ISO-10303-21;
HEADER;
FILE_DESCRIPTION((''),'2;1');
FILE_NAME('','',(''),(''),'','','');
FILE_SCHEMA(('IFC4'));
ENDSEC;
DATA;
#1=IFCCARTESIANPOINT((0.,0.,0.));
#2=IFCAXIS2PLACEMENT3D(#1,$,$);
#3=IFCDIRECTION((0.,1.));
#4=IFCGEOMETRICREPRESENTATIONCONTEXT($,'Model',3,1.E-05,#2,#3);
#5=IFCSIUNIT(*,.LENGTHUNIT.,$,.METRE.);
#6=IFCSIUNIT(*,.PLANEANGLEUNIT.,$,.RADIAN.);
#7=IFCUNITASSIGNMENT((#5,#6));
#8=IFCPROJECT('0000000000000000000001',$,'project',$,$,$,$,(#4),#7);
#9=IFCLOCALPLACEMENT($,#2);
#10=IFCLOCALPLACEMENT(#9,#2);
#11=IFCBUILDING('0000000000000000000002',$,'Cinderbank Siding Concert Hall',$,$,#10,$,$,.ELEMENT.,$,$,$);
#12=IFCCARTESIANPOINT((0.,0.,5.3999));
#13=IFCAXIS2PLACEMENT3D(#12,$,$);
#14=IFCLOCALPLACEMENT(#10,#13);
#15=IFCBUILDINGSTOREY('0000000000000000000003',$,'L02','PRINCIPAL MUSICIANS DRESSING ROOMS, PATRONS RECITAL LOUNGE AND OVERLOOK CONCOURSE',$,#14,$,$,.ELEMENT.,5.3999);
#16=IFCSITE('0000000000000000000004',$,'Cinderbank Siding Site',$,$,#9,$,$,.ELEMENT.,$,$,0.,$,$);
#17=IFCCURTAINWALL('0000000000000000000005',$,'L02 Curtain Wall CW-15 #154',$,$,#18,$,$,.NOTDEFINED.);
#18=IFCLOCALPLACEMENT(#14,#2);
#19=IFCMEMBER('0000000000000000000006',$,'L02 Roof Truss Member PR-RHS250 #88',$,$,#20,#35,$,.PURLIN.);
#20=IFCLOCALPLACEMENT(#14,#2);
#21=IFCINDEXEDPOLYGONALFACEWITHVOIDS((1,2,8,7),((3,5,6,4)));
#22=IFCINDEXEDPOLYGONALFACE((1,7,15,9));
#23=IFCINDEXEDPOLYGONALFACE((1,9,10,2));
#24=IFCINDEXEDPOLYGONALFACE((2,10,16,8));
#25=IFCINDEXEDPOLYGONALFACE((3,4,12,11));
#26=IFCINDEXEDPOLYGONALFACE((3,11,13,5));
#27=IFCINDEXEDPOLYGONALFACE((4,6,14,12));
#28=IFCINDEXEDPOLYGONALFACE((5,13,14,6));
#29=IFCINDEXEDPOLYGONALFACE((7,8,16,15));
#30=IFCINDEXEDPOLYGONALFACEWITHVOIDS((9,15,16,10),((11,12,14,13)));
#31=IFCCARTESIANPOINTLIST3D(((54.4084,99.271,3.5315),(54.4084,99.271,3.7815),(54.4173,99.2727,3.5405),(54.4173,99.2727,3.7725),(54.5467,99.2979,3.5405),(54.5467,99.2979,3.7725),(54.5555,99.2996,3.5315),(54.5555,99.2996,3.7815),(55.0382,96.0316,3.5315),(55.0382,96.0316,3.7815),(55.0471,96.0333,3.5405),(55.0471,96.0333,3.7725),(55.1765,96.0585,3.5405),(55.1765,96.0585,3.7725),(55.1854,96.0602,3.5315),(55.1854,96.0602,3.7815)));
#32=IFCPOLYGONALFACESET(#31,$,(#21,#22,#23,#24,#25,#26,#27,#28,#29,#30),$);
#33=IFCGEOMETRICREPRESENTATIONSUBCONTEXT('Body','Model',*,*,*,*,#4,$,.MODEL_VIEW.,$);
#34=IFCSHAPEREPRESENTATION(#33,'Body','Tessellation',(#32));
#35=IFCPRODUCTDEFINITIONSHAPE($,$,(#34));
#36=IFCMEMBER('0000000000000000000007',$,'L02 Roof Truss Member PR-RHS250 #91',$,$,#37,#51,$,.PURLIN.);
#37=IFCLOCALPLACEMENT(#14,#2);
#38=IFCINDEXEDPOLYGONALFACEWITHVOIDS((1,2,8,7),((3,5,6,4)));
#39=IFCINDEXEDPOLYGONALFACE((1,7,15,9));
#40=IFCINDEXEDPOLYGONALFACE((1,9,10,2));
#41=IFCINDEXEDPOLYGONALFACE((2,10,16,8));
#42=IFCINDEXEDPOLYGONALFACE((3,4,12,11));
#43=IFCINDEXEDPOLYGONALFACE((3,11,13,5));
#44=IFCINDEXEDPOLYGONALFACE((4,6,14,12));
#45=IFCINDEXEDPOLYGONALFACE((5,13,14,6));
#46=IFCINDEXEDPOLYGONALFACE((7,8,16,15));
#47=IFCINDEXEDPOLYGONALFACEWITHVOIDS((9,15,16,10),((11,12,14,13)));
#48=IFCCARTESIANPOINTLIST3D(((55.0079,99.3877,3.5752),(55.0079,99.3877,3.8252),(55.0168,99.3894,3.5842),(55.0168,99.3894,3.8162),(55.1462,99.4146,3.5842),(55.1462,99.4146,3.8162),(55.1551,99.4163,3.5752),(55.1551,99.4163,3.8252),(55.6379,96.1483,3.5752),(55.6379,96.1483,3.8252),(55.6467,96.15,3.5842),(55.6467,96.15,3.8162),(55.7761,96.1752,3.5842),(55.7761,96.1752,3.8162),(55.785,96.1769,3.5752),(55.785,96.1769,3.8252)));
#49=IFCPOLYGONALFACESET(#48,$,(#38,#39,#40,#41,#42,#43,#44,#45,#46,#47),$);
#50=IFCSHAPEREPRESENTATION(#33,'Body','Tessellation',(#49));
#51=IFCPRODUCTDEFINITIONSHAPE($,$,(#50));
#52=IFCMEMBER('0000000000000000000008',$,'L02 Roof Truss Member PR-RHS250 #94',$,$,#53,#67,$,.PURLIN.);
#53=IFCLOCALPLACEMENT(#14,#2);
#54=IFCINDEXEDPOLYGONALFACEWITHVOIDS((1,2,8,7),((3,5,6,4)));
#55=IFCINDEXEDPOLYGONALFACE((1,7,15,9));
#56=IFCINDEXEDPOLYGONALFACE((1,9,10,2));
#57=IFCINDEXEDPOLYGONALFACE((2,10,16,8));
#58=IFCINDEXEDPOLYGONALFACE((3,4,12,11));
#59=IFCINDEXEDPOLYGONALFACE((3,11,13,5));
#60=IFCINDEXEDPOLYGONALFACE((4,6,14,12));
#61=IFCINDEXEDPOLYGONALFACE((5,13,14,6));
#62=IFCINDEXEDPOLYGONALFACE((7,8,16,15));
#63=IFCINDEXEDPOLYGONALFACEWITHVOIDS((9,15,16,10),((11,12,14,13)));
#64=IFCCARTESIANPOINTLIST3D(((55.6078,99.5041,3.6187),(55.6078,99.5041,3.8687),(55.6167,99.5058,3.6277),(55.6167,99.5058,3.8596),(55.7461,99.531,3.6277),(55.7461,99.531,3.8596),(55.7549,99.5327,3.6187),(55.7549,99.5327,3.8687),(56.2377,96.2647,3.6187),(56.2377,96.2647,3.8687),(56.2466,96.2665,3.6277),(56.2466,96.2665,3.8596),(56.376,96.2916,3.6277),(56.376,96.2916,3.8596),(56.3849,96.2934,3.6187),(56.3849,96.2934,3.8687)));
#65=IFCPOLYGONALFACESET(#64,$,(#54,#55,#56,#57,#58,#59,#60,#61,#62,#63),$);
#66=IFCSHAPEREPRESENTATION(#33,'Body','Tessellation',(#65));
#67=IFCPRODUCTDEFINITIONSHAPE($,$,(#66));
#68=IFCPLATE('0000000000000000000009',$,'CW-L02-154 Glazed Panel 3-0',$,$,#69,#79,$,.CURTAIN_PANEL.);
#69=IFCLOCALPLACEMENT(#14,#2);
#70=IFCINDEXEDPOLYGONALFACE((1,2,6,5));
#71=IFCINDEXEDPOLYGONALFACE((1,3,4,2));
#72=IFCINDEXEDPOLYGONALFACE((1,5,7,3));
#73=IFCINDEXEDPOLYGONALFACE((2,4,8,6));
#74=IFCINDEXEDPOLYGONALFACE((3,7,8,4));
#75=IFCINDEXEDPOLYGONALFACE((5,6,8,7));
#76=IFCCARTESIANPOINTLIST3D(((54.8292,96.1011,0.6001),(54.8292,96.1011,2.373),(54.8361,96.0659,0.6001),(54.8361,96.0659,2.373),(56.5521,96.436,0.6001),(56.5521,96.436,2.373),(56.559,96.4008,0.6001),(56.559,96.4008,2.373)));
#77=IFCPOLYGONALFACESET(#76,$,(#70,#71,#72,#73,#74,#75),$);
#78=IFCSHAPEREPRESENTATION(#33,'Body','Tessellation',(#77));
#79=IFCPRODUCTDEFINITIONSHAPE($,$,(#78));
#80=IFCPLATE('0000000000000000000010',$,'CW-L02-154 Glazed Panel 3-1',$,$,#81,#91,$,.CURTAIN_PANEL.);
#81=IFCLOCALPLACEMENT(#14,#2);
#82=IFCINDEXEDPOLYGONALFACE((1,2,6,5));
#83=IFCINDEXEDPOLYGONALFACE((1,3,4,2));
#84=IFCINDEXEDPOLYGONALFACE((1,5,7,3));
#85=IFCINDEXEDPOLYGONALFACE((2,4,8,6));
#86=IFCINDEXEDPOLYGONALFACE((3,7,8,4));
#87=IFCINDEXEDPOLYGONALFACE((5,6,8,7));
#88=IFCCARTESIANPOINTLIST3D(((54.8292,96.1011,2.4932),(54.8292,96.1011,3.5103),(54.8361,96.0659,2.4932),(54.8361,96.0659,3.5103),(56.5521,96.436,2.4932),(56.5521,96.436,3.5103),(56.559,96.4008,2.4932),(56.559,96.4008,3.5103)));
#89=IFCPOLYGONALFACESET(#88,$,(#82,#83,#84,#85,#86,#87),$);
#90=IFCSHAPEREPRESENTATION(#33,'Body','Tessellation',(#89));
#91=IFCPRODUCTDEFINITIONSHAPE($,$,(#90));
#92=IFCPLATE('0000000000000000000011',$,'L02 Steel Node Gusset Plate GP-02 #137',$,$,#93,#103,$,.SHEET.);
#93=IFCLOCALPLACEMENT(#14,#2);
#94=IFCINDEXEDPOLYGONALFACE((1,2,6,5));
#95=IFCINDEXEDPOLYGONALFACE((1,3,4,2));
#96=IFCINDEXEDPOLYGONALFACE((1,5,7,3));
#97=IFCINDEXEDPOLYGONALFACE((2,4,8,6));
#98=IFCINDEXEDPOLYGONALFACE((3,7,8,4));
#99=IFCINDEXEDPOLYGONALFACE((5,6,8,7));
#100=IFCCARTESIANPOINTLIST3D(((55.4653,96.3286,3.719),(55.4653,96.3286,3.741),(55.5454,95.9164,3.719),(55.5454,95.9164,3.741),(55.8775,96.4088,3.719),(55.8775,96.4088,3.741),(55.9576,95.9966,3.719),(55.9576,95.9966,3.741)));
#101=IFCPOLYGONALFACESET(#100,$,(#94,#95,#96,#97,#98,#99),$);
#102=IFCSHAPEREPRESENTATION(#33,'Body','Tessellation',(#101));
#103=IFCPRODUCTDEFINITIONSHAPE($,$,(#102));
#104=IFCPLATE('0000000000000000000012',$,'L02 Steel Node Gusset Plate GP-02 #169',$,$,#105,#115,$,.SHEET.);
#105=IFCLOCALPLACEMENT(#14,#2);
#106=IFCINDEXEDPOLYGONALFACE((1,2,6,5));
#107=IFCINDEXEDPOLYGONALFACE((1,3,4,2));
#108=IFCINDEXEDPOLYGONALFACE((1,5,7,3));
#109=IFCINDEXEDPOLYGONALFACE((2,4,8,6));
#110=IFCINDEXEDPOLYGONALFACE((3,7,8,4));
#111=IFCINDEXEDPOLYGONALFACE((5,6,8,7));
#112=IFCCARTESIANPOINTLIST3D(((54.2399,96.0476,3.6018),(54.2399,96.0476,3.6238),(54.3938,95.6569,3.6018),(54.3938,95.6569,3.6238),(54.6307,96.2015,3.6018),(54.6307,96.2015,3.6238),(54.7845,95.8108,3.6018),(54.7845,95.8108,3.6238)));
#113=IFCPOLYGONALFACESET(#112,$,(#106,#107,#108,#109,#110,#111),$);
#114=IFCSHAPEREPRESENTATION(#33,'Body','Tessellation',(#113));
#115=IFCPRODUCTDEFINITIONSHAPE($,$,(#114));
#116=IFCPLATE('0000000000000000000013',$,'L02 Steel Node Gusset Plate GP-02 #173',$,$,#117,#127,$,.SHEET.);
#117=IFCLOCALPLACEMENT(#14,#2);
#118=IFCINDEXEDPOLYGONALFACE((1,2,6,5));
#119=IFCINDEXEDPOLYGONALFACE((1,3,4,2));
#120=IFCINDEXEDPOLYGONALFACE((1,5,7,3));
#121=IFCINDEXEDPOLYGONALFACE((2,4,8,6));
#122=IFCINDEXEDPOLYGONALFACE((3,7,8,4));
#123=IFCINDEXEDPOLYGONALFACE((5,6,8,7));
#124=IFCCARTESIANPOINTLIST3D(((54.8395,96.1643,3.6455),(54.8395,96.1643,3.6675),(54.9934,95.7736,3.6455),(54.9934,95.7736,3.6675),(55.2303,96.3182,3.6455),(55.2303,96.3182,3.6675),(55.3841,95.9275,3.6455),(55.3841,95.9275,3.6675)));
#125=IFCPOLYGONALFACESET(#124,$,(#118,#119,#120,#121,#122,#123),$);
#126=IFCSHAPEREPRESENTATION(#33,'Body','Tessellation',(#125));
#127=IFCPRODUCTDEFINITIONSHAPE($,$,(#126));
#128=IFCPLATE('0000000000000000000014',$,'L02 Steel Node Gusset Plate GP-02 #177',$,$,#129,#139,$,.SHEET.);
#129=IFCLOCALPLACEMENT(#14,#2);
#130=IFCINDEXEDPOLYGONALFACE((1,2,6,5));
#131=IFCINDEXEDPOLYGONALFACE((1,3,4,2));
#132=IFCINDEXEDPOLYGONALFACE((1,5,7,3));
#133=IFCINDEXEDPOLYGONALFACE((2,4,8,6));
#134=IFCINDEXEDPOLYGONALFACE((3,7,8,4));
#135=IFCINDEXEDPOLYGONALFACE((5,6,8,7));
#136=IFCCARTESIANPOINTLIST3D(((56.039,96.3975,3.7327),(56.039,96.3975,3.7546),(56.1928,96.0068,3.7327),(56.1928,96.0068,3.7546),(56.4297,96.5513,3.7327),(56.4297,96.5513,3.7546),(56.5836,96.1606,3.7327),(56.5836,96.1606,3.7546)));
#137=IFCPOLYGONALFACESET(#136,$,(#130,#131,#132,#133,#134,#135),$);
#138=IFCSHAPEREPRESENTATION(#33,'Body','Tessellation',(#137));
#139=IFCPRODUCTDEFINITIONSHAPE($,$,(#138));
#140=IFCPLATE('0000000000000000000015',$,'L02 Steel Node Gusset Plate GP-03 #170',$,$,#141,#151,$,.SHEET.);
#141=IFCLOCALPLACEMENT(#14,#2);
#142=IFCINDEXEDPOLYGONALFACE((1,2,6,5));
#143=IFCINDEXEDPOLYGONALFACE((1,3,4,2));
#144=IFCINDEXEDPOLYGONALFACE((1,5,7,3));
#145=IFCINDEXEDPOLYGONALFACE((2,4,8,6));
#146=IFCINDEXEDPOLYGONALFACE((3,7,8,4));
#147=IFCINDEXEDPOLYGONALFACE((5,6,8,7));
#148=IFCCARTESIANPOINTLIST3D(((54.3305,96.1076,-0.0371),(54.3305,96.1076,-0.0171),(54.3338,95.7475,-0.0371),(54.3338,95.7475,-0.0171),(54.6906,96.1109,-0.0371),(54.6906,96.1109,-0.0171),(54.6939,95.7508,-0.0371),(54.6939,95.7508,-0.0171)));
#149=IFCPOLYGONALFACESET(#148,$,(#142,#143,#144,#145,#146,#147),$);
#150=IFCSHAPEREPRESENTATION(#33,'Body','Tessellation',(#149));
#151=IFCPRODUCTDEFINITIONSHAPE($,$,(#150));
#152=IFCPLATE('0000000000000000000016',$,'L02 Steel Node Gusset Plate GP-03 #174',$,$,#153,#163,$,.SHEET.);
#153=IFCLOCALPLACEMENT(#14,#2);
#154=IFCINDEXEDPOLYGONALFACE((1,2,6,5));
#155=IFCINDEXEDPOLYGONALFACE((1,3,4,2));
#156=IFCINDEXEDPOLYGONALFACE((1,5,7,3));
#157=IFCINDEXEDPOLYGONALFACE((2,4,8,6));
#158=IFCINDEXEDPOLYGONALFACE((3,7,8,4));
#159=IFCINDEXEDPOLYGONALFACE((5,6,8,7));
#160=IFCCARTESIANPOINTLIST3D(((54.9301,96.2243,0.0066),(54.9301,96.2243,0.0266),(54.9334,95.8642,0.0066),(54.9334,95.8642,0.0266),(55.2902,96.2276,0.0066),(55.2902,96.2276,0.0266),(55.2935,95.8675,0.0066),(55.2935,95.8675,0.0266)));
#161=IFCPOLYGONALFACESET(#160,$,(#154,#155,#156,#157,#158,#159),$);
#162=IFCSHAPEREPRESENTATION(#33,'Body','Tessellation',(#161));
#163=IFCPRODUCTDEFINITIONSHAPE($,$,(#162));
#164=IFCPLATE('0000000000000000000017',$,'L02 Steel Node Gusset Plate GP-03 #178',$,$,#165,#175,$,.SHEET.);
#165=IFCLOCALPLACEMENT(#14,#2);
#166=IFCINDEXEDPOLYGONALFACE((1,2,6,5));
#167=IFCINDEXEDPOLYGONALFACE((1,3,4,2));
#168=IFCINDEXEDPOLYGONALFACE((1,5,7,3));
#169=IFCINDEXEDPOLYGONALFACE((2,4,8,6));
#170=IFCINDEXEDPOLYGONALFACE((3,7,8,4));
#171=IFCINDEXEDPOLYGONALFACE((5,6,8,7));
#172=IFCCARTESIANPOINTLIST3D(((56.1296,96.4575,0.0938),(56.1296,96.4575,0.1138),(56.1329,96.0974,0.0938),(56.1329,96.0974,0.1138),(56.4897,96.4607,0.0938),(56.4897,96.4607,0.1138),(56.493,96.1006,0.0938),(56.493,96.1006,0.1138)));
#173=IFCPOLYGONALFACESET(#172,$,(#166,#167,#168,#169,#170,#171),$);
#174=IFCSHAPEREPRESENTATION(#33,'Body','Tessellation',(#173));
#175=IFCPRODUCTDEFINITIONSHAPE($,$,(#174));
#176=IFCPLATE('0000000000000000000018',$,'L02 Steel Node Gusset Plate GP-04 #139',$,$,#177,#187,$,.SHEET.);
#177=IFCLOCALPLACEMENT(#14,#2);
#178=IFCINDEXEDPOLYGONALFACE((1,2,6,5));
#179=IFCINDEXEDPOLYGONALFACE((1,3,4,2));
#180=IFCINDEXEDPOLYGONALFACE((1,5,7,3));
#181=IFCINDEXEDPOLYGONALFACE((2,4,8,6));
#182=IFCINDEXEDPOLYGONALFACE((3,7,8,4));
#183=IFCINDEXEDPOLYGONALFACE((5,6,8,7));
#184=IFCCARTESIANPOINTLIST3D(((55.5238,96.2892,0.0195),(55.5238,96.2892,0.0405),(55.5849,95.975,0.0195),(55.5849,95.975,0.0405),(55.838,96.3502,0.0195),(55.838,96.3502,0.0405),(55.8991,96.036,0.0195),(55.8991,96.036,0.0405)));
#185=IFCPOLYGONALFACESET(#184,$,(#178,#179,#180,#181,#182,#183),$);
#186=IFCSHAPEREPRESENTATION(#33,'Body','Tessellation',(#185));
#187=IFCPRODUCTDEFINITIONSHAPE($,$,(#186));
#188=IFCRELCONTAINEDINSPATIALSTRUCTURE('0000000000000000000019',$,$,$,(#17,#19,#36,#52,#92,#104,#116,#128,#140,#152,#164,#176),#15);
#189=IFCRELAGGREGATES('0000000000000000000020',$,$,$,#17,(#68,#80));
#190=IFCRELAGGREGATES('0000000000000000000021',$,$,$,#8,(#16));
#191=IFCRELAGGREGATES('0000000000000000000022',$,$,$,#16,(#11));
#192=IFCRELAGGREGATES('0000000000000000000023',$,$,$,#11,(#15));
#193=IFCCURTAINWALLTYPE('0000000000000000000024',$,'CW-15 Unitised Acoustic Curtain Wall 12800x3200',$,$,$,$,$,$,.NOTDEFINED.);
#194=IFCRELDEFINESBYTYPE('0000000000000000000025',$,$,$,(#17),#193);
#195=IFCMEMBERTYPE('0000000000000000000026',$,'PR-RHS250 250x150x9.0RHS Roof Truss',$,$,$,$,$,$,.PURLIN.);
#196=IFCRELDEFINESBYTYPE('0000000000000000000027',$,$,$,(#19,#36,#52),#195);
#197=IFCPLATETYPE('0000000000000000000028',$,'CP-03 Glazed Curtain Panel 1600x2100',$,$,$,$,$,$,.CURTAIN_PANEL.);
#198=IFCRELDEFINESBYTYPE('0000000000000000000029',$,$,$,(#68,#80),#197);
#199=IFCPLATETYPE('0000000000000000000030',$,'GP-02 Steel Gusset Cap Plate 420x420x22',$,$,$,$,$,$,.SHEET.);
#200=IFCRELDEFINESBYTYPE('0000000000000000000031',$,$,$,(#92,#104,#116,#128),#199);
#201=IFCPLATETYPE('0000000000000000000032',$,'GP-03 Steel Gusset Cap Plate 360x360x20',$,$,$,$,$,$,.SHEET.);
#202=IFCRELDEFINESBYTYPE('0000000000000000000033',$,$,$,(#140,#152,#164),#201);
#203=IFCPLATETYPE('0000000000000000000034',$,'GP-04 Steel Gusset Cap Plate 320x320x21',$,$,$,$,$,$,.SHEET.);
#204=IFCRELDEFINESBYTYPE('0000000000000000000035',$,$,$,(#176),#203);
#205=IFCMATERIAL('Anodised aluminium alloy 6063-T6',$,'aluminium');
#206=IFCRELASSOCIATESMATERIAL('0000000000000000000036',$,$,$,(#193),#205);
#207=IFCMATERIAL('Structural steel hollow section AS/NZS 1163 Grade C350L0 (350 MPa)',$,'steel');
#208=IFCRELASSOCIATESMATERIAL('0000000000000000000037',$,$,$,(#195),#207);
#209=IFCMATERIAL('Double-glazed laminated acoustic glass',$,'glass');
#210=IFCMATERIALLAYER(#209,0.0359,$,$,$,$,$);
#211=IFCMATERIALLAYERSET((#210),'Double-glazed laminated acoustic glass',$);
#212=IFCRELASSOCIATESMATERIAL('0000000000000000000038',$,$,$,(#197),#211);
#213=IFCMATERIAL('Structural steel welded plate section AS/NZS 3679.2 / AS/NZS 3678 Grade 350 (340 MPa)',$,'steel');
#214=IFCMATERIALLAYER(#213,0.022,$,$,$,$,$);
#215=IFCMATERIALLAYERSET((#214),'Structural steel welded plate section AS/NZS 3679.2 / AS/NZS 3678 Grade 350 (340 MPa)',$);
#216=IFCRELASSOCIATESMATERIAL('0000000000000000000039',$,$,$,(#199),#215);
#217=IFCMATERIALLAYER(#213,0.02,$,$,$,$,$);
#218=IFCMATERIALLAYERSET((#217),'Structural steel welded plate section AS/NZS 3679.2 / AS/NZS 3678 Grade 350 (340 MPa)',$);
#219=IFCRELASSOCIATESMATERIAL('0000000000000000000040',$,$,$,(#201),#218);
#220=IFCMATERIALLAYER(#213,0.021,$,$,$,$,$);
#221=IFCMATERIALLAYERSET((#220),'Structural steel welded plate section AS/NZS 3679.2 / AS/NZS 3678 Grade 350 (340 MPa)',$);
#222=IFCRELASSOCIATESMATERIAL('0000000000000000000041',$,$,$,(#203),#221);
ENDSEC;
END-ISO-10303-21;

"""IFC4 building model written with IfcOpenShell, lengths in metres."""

from ifc_helpers import new_model, si_unit, direction, frame, origin, origin_2d, place, context, subcontext, project, spatial, rectangle, hollow_rectangle, extrude, material, layer, layer_set, material_profile, profile_set, type_object, element, aggregate, save


model = new_model("IFC4")

# Units and contexts
model_context = context("Model", 3, precision=1e-05, world=origin(), true_north=direction((0.0, 1.0)))
body_context = subcontext(model_context, "Body", "Model", "MODEL_VIEW")
ifc_project = project(units=[si_unit("LENGTHUNIT", "METRE"), si_unit("PLANEANGLEUNIT", "RADIAN")], contexts=[model_context])

# Site, building, storey
site_placement = place(None, origin())
site = spatial("IfcSite", under=ifc_project, at=site_placement, Name="Cinderbank Siding Site", CompositionType="ELEMENT", RefElevation=0.0)
building_placement = place(site_placement, origin())
building = spatial("IfcBuilding", under=site, at=building_placement, Name="Cinderbank Siding Concert Hall", CompositionType="ELEMENT")
storey_placement = place(building_placement, frame((0.0, 0.0, 5.3999)))
storey = spatial("IfcBuildingStorey", under=building, at=storey_placement, Name="L02", Description="PRINCIPAL MUSICIANS DRESSING ROOMS, PATRONS RECITAL LOUNGE AND OVERLOOK CONCOURSE", CompositionType="ELEMENT", Elevation=5.3999)

# Shared definitions
ifc_material_1 = material(Name="Structural steel hollow section AS/NZS 1163 Grade C350L0 (350 MPa)", Category="steel")

# Curtain wall
ifc_material_2 = material(Name="Anodised aluminium alloy 6063-T6", Category="aluminium")
curtain_wall_type = type_object("IfcCurtainWallType", Name="CW-15 Unitised Acoustic Curtain Wall 12800x3200", PredefinedType="NOTDEFINED", material=ifc_material_2)
curtain_wall_placement = place(storey_placement, origin())
curtain_wall = element("IfcCurtainWall", 1, at=curtain_wall_placement, inside=storey, type_object=curtain_wall_type, Name="L02 Curtain Wall CW-15 #154", PredefinedType="NOTDEFINED")

# Members
ifc_material_profile_1 = material_profile(ifc_material_1, hollow_rectangle(XDim=0.1499, YDim=0.25, WallThickness=0.009, at=origin_2d()), Name="250x150x9.0RHS", Category="LoadBearing")
ifc_profile_set_1 = profile_set([ifc_material_profile_1], Name="Structural steel hollow section AS/NZS 1163 Grade C350L0 (350 MPa)")
member_type_1 = type_object("IfcMemberType", Name="PR-RHS250 250x150x9.0RHS Roof Truss", PredefinedType="PURLIN", material=ifc_profile_set_1)
for number, where, z_axis, x_axis, name in (
    (2, (55.1118, 96.0459, 3.6565), (-0.190864, 0.981617, 0.0), (-0.981617, -0.190864, 0.0), "L02 Roof Truss Member PR-RHS250 #88"),
    (3, (55.7114, 96.1626, 3.7002), (-0.190878, 0.981614, 0.0), (-0.981614, -0.190878, 0.0), "L02 Roof Truss Member PR-RHS250 #91"),
    (4, (56.3113, 96.2791, 3.7437), (-0.190878, 0.981614, 0.0), (-0.981614, -0.190878, 0.0), "L02 Roof Truss Member PR-RHS250 #94"),
):
    element("IfcMember", number, at=place(storey_placement, frame(where, z_axis=z_axis, x_axis=x_axis)), inside=storey, type_object=member_type_1, Name=name, PredefinedType="PURLIN", context=body_context, shape_type="SweptSolid", body=[
        extrude(hollow_rectangle(XDim=0.1499, YDim=0.25, WallThickness=0.009, at=origin_2d()), origin(), (0.0, 0.0, 1.0), 3.3),
    ])

# Plates
ifc_material_3 = material(Name="Double-glazed laminated acoustic glass", Category="glass")
ifc_layer_1 = layer(ifc_material_3, 0.0359)
ifc_layer_set_1 = layer_set([ifc_layer_1], Name="Double-glazed laminated acoustic glass")
plate_type_1 = type_object("IfcPlateType", Name="CP-03 Glazed Curtain Panel 1600x2100", PredefinedType="CURTAIN_PANEL", material=ifc_layer_set_1)
plate_1_placement = place(storey_placement, frame((55.6941, 96.251, 0.6001), z_axis=(0.0, 0.0, 1.0), x_axis=(0.981627, 0.190811, 0.0)))
plate_1 = element("IfcPlate", 5, at=plate_1_placement, type_object=plate_type_1, Name="CW-L02-154 Glazed Panel 3-0", PredefinedType="CURTAIN_PANEL", context=body_context, shape_type="SweptSolid", body=[
    extrude(rectangle(XDim=1.7551, YDim=0.0359, at=origin_2d()), origin(), (0.0, 0.0, 1.0), 1.7729),
])
plate_2_placement = place(storey_placement, frame((55.6941, 96.251, 2.4932), z_axis=(0.0, 0.0, 1.0), x_axis=(0.981627, 0.190811, 0.0)))
plate_2 = element("IfcPlate", 6, at=plate_2_placement, type_object=plate_type_1, Name="CW-L02-154 Glazed Panel 3-1", PredefinedType="CURTAIN_PANEL", context=body_context, shape_type="SweptSolid", body=[
    extrude(rectangle(XDim=1.7551, YDim=0.0359, at=origin_2d()), origin(), (0.0, 0.0, 1.0), 1.0171),
])
aggregate(curtain_wall, [plate_1, plate_2])

# Plates
ifc_material_4 = material(Name="Structural steel welded plate section AS/NZS 3679.2 / AS/NZS 3678 Grade 350 (340 MPa)", Category="steel")
ifc_layer_2 = layer(ifc_material_4, 0.022)
ifc_layer_set_2 = layer_set([ifc_layer_2], Name="Structural steel welded plate section AS/NZS 3679.2 / AS/NZS 3678 Grade 350 (340 MPa)")
plate_type_2 = type_object("IfcPlateType", Name="GP-02 Steel Gusset Cap Plate 420x420x22", PredefinedType="SHEET", material=ifc_layer_set_2)
for number, where, z_axis, x_axis, name in (
    (7, (55.7114, 96.1626, 3.719), (0.0, 0.0, 1.0), (0.981627, 0.190809, 0.0), "L02 Steel Node Gusset Plate GP-02 #137"),
    (8, (54.5122, 95.9292, 3.6018), (0.0, 0.0, 1.0), (0.366339, -0.930482, 0.0), "L02 Steel Node Gusset Plate GP-02 #169"),
    (9, (55.1118, 96.0459, 3.6455), (0.0, 0.0, 1.0), (0.366339, -0.930482, 0.0), "L02 Steel Node Gusset Plate GP-02 #173"),
    (10, (56.3113, 96.2791, 3.7327), (0.0, 0.0, 1.0), (0.366339, -0.930482, 0.0), "L02 Steel Node Gusset Plate GP-02 #177"),
):
    element("IfcPlate", number, at=place(storey_placement, frame(where, z_axis=z_axis, x_axis=x_axis)), inside=storey, type_object=plate_type_2, Name=name, PredefinedType="SHEET", context=body_context, shape_type="SweptSolid", body=[
        extrude(rectangle(XDim=0.4199, YDim=0.4199, at=origin_2d()), origin(), (0.0, 0.0, 1.0), 0.022),
    ])
ifc_layer_3 = layer(ifc_material_4, 0.02)
ifc_layer_set_3 = layer_set([ifc_layer_3], Name="Structural steel welded plate section AS/NZS 3679.2 / AS/NZS 3678 Grade 350 (340 MPa)")
plate_type_3 = type_object("IfcPlateType", Name="GP-03 Steel Gusset Cap Plate 360x360x20", PredefinedType="SHEET", material=ifc_layer_set_3)
for number, where, z_axis, x_axis, name in (
    (11, (54.5122, 95.9292, -0.0371), (0.0, 0.0, 1.0), (-0.009076, 0.999959, 0.0), "L02 Steel Node Gusset Plate GP-03 #170"),
    (12, (55.1118, 96.0459, 0.0066), (0.0, 0.0, 1.0), (-0.009076, 0.999959, 0.0), "L02 Steel Node Gusset Plate GP-03 #174"),
    (13, (56.3113, 96.2791, 0.0938), (0.0, 0.0, 1.0), (-0.009076, 0.999959, 0.0), "L02 Steel Node Gusset Plate GP-03 #178"),
):
    element("IfcPlate", number, at=place(storey_placement, frame(where, z_axis=z_axis, x_axis=x_axis)), inside=storey, type_object=plate_type_3, Name=name, PredefinedType="SHEET", context=body_context, shape_type="SweptSolid", body=[
        extrude(rectangle(XDim=0.3601, YDim=0.3601, at=origin_2d()), origin(), (0.0, 0.0, 1.0), 0.02),
    ])
ifc_layer_4 = layer(ifc_material_4, 0.021)
ifc_layer_set_4 = layer_set([ifc_layer_4], Name="Structural steel welded plate section AS/NZS 3679.2 / AS/NZS 3678 Grade 350 (340 MPa)")
plate_type_4 = type_object("IfcPlateType", Name="GP-04 Steel Gusset Cap Plate 320x320x21", PredefinedType="SHEET", material=ifc_layer_set_4)
plate_3_placement = place(storey_placement, frame((55.7114, 96.1626, 0.0195), z_axis=(0.0, 0.0, 1.0), x_axis=(0.981627, 0.190809, 0.0)))
element("IfcPlate", 14, at=plate_3_placement, inside=storey, type_object=plate_type_4, Name="L02 Steel Node Gusset Plate GP-04 #139", PredefinedType="SHEET", context=body_context, shape_type="SweptSolid", body=[
    extrude(rectangle(XDim=0.3201, YDim=0.3201, at=origin_2d()), origin(), (0.0, 0.0, 1.0), 0.021),
])

save(model, "model.ifc")
